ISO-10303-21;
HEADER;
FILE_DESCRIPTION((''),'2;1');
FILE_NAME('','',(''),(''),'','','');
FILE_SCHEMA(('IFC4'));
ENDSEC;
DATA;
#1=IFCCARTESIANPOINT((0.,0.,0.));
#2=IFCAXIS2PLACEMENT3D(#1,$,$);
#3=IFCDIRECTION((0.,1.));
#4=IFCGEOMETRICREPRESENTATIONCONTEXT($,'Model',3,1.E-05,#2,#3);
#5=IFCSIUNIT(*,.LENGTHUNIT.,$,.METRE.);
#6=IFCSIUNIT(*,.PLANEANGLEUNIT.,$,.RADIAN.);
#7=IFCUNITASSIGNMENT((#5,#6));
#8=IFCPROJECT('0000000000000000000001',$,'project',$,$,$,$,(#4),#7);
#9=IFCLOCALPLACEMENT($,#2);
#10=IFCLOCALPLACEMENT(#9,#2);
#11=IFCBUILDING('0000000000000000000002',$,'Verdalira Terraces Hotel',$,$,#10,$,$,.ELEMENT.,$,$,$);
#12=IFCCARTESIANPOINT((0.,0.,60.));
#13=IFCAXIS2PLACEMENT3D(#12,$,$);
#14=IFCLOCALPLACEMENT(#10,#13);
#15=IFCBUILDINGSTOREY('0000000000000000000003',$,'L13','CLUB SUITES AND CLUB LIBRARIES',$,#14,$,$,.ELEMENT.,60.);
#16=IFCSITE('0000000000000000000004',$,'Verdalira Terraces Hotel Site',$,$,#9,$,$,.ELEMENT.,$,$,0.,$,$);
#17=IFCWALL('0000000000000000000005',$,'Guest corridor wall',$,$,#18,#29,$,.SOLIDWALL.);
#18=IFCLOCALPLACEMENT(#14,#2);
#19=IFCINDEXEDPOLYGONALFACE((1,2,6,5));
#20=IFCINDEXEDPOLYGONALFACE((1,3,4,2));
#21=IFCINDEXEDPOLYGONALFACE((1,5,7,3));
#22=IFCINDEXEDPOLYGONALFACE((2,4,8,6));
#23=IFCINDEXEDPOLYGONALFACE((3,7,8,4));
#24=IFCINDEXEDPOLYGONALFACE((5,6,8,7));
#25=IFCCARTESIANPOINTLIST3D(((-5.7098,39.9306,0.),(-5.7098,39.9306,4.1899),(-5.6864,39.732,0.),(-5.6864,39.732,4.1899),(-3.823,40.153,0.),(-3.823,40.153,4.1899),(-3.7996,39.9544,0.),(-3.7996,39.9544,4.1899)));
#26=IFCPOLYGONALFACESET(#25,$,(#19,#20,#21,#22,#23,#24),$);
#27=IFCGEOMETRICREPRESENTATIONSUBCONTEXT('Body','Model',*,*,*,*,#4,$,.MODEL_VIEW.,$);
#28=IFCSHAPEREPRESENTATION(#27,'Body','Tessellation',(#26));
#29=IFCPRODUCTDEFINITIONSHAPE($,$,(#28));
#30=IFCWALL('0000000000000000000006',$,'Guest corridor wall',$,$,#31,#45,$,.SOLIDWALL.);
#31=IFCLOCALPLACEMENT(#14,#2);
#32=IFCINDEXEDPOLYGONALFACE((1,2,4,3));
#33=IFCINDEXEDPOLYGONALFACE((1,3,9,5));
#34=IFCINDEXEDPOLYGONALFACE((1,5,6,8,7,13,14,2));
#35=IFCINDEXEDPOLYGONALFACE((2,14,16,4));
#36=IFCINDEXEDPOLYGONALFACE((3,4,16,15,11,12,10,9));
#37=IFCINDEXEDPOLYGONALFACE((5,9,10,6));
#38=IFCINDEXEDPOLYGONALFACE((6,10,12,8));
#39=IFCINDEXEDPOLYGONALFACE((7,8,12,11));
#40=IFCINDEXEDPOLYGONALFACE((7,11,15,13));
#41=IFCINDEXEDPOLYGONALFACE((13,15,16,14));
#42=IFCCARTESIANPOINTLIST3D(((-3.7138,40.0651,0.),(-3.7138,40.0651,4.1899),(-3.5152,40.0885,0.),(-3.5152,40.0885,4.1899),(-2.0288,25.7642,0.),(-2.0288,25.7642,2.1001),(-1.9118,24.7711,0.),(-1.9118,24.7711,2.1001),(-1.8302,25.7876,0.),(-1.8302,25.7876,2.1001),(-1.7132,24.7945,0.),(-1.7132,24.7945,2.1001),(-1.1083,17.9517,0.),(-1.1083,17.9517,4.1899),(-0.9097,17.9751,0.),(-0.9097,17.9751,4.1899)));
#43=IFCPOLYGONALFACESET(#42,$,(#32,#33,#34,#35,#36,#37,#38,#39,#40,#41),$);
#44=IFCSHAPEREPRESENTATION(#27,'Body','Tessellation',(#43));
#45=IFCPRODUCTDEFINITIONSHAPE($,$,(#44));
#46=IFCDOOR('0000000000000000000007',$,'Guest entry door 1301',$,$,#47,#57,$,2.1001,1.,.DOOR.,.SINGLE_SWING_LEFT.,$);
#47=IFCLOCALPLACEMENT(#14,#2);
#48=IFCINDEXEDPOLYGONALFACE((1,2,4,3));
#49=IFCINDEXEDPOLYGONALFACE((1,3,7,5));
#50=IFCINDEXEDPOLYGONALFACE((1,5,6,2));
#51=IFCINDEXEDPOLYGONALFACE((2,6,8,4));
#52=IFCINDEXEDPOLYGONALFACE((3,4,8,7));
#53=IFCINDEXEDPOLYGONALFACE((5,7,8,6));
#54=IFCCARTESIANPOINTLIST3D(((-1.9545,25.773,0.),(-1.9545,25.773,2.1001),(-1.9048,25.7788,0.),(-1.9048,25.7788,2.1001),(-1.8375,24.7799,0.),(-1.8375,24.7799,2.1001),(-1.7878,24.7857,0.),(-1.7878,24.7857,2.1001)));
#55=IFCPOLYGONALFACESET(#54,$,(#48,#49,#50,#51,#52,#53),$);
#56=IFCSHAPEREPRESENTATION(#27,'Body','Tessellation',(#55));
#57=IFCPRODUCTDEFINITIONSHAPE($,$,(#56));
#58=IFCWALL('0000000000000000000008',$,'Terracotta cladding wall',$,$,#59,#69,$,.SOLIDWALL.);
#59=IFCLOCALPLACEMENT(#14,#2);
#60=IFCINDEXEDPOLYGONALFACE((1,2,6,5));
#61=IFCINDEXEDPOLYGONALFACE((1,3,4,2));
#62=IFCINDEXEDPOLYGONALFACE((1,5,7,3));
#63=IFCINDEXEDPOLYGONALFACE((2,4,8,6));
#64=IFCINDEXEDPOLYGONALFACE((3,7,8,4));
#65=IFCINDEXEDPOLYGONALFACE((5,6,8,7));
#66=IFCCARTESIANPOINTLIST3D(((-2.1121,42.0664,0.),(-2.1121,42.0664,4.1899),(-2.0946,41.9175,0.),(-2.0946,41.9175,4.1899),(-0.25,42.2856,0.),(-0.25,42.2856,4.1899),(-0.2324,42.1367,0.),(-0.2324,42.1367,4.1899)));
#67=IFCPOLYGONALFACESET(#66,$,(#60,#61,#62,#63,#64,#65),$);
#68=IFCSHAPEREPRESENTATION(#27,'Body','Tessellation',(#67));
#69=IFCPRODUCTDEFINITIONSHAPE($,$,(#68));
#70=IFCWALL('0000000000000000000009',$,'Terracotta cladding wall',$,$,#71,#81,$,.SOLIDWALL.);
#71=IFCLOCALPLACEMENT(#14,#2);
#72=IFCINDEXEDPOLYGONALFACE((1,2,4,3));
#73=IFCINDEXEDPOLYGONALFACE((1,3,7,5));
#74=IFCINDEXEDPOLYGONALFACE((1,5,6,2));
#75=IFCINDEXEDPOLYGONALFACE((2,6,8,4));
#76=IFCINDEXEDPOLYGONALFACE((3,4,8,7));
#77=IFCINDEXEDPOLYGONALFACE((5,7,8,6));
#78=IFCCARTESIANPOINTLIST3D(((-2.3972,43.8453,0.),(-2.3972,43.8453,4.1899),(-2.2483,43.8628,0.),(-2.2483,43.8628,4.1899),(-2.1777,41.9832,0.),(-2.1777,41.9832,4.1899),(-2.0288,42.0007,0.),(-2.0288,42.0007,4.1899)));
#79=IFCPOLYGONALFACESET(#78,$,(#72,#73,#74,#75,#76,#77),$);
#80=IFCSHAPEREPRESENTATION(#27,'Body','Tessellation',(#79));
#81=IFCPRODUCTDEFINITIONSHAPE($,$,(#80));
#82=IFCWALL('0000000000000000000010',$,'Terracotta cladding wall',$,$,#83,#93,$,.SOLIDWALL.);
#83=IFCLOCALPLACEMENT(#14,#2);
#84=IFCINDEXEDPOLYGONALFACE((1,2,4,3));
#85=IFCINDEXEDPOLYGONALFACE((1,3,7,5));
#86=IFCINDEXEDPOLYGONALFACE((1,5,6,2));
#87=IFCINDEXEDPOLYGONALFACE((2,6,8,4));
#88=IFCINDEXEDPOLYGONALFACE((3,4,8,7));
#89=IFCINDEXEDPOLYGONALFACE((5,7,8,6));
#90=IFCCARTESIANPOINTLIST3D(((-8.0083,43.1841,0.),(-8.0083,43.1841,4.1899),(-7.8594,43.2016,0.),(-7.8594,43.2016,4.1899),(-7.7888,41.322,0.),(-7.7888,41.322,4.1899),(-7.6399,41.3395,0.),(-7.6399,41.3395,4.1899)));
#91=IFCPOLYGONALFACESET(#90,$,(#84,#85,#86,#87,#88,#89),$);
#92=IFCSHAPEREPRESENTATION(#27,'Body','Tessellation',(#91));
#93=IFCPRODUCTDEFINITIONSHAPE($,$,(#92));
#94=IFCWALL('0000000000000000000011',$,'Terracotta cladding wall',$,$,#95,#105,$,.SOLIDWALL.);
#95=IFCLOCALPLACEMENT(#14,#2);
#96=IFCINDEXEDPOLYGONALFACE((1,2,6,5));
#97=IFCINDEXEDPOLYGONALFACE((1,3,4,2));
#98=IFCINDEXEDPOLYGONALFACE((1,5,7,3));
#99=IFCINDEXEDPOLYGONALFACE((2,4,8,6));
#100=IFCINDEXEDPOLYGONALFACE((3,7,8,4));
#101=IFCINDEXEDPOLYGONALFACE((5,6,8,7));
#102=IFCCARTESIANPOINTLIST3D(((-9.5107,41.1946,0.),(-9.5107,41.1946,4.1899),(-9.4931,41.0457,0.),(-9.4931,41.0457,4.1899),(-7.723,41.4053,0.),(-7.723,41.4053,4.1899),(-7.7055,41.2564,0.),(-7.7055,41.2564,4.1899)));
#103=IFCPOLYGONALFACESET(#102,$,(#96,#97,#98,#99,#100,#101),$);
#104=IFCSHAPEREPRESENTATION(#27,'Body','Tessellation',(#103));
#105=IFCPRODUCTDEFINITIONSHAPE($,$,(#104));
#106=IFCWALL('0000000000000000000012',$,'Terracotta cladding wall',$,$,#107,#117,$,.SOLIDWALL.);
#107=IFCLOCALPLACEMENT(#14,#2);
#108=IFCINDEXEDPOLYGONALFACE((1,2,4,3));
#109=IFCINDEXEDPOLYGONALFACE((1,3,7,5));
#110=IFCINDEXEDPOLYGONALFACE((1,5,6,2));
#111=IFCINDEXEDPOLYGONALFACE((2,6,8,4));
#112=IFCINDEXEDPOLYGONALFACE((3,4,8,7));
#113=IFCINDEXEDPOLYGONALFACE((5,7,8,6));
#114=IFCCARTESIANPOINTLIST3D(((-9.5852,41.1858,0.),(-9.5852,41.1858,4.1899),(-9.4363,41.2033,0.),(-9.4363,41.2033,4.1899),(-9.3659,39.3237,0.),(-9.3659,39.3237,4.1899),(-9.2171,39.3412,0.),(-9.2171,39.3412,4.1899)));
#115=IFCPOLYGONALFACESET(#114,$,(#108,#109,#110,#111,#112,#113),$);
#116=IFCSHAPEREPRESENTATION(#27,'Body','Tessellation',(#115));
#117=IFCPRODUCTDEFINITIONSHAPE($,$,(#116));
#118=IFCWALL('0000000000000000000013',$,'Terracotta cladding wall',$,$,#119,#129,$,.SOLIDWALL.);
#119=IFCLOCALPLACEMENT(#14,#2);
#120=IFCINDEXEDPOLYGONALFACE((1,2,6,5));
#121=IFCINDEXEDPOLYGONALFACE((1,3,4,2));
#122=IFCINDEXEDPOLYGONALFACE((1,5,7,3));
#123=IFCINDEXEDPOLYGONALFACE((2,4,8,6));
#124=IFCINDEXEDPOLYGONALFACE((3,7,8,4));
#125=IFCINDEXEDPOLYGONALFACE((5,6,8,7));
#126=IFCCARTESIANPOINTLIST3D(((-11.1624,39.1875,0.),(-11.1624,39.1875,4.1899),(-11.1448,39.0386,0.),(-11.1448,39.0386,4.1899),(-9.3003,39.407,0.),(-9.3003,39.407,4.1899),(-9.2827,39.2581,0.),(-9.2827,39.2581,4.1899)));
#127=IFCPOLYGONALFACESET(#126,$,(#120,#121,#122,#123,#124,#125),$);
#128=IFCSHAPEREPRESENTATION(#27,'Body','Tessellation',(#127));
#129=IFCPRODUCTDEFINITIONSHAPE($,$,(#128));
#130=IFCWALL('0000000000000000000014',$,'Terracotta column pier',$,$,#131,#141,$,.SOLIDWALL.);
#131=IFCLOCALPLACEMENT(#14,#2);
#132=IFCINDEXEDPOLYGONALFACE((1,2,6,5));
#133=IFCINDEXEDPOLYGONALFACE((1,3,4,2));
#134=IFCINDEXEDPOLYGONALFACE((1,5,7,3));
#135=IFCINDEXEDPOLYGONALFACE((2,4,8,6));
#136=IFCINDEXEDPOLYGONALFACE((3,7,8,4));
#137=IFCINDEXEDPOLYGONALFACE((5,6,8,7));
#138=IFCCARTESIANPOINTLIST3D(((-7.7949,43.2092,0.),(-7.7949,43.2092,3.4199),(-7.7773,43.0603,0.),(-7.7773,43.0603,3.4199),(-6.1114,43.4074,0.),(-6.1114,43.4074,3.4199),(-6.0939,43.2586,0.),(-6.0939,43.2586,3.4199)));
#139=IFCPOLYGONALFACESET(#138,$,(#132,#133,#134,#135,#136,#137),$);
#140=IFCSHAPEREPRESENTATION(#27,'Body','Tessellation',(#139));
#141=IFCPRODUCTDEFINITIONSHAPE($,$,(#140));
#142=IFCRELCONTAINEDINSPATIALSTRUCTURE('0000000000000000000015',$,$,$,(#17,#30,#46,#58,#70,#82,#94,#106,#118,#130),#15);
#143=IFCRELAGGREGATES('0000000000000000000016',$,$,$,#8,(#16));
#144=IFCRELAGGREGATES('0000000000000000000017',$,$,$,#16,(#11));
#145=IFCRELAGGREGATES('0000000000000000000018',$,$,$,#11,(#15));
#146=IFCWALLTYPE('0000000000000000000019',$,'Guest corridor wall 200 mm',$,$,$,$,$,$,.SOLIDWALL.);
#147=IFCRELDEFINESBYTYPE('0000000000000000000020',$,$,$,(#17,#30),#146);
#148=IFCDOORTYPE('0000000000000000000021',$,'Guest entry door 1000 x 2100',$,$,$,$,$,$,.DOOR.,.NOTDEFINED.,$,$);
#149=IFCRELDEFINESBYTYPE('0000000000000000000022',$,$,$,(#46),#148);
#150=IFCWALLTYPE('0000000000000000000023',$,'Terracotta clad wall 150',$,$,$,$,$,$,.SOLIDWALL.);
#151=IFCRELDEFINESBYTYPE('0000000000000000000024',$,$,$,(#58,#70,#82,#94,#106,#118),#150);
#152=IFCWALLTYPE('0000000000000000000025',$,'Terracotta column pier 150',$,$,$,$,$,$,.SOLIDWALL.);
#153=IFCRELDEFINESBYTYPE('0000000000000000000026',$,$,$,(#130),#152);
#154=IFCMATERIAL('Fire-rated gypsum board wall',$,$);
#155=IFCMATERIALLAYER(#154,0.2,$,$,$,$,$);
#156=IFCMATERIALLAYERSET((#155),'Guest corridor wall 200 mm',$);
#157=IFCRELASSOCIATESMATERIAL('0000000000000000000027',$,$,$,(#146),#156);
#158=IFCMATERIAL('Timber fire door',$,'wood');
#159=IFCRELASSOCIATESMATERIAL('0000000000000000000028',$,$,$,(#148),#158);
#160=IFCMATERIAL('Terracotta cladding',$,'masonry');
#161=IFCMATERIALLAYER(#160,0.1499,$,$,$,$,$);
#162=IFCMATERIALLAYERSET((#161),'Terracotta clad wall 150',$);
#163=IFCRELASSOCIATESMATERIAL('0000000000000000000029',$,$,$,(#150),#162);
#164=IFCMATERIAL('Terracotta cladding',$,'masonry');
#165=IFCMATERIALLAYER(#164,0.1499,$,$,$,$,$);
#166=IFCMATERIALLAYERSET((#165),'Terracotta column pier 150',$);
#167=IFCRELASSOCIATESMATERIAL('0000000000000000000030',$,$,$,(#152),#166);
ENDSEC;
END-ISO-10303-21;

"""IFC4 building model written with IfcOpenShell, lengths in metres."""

from ifc_helpers import new_model, si_unit, direction, frame, frame_2d, origin, place, context, subcontext, project, spatial, rectangle, extrude, material, layer, layer_set, type_object, element, fill, save


model = new_model("IFC4")

# Units and contexts
model_context = context("Model", 3, precision=1e-05, world=origin(), true_north=direction((0.0, 1.0)))
body_context = subcontext(model_context, "Body", "Model", "MODEL_VIEW")
ifc_project = project(units=[si_unit("LENGTHUNIT", "METRE"), si_unit("PLANEANGLEUNIT", "RADIAN")], contexts=[model_context])

# Site, building, storey
site_placement = place(None, origin())
site = spatial("IfcSite", under=ifc_project, at=site_placement, Name="Verdalira Terraces Hotel Site", CompositionType="ELEMENT", RefElevation=0.0)
building_placement = place(site_placement, origin())
building = spatial("IfcBuilding", under=site, at=building_placement, Name="Verdalira Terraces Hotel", CompositionType="ELEMENT")
storey_placement = place(building_placement, frame((0.0, 0.0, 60.0)))
storey = spatial("IfcBuildingStorey", under=building, at=storey_placement, Name="L13", Description="CLUB SUITES AND CLUB LIBRARIES", CompositionType="ELEMENT", Elevation=60.0)

# Wall
ifc_material_1 = material(Name="Fire-rated gypsum board wall")
ifc_layer_1 = layer(ifc_material_1, 0.2)
ifc_layer_set_1 = layer_set([ifc_layer_1], Name="Guest corridor wall 200 mm")
wall_type_1 = type_object("IfcWallType", Name="Guest corridor wall 200 mm", PredefinedType="SOLIDWALL", material=ifc_layer_set_1)
wall_1_placement = place(storey_placement, frame((-3.8113, 40.0537, 0.0), z_axis=(0.0, 0.0, 1.0), x_axis=(-0.993123, -0.117072, 0.0)))
element("IfcWall", 1, at=wall_1_placement, inside=storey, type_object=wall_type_1, Name="Guest corridor wall", PredefinedType="SOLIDWALL", context=body_context, shape_type="SweptSolid", body=[
    extrude(rectangle(XDim=1.8999, YDim=0.2, at=frame_2d((0.95, 0.0))), origin(), (0.0, 0.0, 1.0), 4.1899),
])

# Wall, opening, door
wall_2_placement = place(storey_placement, frame((-3.6145, 40.0769, 0.0), z_axis=(0.0, 0.0, 1.0), x_axis=(0.117014, -0.99313, 0.0)))
wall_2 = element("IfcWall", 2, at=wall_2_placement, inside=storey, type_object=wall_type_1, Name="Guest corridor wall", PredefinedType="SOLIDWALL", context=body_context, shape_type="SweptSolid", body=[
    extrude(rectangle(XDim=22.2664, YDim=0.2, at=frame_2d((11.1333, 0.0))), origin(), (0.0, 0.0, 1.0), 4.1899),
])
opening_placement = place(wall_2_placement, frame((14.3999, 0.0, 0.0)))
opening = element("IfcOpeningElement", 3, at=opening_placement, cuts=wall_2, PredefinedType="OPENING", context=body_context, shape_type="SweptSolid", body=[
    extrude(rectangle(XDim=1.0, YDim=2.1001, at=frame_2d((0.5, 1.05))), frame((0.0, 0.1099, 0.0), z_axis=(0.0, -1.0, 0.0), x_axis=(1.0, 0.0, 0.0)), (0.0, 0.0, 1.0), 0.22),
])
ifc_material_2 = material(Name="Timber fire door", Category="wood")
door_type = type_object("IfcDoorType", Name="Guest entry door 1000 x 2100", OperationType="NOTDEFINED", PredefinedType="DOOR", material=ifc_material_2)
door_placement = place(opening_placement, origin())
door = element("IfcDoor", 4, at=door_placement, inside=storey, type_object=door_type, Name="Guest entry door 1301", OperationType="SINGLE_SWING_LEFT", OverallHeight=2.1001, OverallWidth=1.0, PredefinedType="DOOR", context=body_context, shape_type="SweptSolid", body=[
    extrude(rectangle(XDim=1.0, YDim=2.1001, at=frame_2d((0.5, 1.05))), frame((0.0, 0.0249, 0.0), z_axis=(0.0, -1.0, 0.0), x_axis=(1.0, 0.0, 0.0)), (0.0, 0.0, 1.0), 0.05),
])
fill(opening, door)

# Walls
ifc_material_3 = material(Name="Terracotta cladding", Category="masonry")
ifc_layer_2 = layer(ifc_material_3, 0.1499)
ifc_layer_set_2 = layer_set([ifc_layer_2], Name="Terracotta clad wall 150")
wall_type_2 = type_object("IfcWallType", Name="Terracotta clad wall 150", PredefinedType="SOLIDWALL", material=ifc_layer_set_2)
for number, where, z_axis, x_axis, name in (
    (5, (-0.2412, 42.2112, 0.0), (0.0, 0.0, 1.0), (-0.99314, -0.116932, 0.0), "Terracotta cladding wall"),
    (6, (-2.1033, 41.9919, 0.0), (0.0, 0.0, 1.0), (-0.11706, 0.993125, 0.0), "Terracotta cladding wall"),
    (7, (-7.9338, 43.1929, 0.0), (0.0, 0.0, 1.0), (0.11706, -0.993125, 0.0), "Terracotta cladding wall"),
):
    element("IfcWall", number, at=place(storey_placement, frame(where, z_axis=z_axis, x_axis=x_axis)), inside=storey, type_object=wall_type_2, Name=name, PredefinedType="SOLIDWALL", context=body_context, shape_type="SweptSolid", body=[
        extrude(rectangle(XDim=1.875, YDim=0.1499, at=frame_2d((0.9375, 0.0))), origin(), (0.0, 0.0, 1.0), 4.1899),
    ])
wall_3_placement = place(storey_placement, frame((-7.7144, 41.3308, 0.0), z_axis=(0.0, 0.0, 1.0), x_axis=(-0.993126, -0.117054, 0.0)))
element("IfcWall", 8, at=wall_3_placement, inside=storey, type_object=wall_type_2, Name="Terracotta cladding wall", PredefinedType="SOLIDWALL", context=body_context, shape_type="SweptSolid", body=[
    extrude(rectangle(XDim=1.8, YDim=0.1499, at=frame_2d((0.8999, 0.0))), origin(), (0.0, 0.0, 1.0), 4.1899),
])
for number, where, z_axis, x_axis, name in (
    (9, (-9.5107, 41.1946, 0.0), (0.0, 0.0, 1.0), (0.116932, -0.99314, 0.0), "Terracotta cladding wall"),
    (10, (-9.2915, 39.3325, 0.0), (0.0, 0.0, 1.0), (-0.993125, -0.11706, 0.0), "Terracotta cladding wall"),
):
    element("IfcWall", number, at=place(storey_placement, frame(where, z_axis=z_axis, x_axis=x_axis)), inside=storey, type_object=wall_type_2, Name=name, PredefinedType="SOLIDWALL", context=body_context, shape_type="SweptSolid", body=[
        extrude(rectangle(XDim=1.875, YDim=0.1499, at=frame_2d((0.9375, 0.0))), origin(), (0.0, 0.0, 1.0), 4.1899),
    ])
ifc_material_4 = material(Name="Terracotta cladding", Category="masonry")
ifc_layer_3 = layer(ifc_material_4, 0.1499)
ifc_layer_set_3 = layer_set([ifc_layer_3], Name="Terracotta column pier 150")
wall_type_3 = type_object("IfcWallType", Name="Terracotta column pier 150", PredefinedType="SOLIDWALL", material=ifc_layer_set_3)
wall_4_placement = place(storey_placement, frame((-6.1025, 43.333, 0.0), z_axis=(0.0, 0.0, 1.0), x_axis=(-0.993137, -0.116958, 0.0)))
element("IfcWall", 11, at=wall_4_placement, inside=storey, type_object=wall_type_3, Name="Terracotta column pier", PredefinedType="SOLIDWALL", context=body_context, shape_type="SweptSolid", body=[
    extrude(rectangle(XDim=1.6951, YDim=0.1499, at=frame_2d((0.8477, 0.0))), origin(), (0.0, 0.0, 1.0), 3.4199),
])

save(model, "model.ifc")
